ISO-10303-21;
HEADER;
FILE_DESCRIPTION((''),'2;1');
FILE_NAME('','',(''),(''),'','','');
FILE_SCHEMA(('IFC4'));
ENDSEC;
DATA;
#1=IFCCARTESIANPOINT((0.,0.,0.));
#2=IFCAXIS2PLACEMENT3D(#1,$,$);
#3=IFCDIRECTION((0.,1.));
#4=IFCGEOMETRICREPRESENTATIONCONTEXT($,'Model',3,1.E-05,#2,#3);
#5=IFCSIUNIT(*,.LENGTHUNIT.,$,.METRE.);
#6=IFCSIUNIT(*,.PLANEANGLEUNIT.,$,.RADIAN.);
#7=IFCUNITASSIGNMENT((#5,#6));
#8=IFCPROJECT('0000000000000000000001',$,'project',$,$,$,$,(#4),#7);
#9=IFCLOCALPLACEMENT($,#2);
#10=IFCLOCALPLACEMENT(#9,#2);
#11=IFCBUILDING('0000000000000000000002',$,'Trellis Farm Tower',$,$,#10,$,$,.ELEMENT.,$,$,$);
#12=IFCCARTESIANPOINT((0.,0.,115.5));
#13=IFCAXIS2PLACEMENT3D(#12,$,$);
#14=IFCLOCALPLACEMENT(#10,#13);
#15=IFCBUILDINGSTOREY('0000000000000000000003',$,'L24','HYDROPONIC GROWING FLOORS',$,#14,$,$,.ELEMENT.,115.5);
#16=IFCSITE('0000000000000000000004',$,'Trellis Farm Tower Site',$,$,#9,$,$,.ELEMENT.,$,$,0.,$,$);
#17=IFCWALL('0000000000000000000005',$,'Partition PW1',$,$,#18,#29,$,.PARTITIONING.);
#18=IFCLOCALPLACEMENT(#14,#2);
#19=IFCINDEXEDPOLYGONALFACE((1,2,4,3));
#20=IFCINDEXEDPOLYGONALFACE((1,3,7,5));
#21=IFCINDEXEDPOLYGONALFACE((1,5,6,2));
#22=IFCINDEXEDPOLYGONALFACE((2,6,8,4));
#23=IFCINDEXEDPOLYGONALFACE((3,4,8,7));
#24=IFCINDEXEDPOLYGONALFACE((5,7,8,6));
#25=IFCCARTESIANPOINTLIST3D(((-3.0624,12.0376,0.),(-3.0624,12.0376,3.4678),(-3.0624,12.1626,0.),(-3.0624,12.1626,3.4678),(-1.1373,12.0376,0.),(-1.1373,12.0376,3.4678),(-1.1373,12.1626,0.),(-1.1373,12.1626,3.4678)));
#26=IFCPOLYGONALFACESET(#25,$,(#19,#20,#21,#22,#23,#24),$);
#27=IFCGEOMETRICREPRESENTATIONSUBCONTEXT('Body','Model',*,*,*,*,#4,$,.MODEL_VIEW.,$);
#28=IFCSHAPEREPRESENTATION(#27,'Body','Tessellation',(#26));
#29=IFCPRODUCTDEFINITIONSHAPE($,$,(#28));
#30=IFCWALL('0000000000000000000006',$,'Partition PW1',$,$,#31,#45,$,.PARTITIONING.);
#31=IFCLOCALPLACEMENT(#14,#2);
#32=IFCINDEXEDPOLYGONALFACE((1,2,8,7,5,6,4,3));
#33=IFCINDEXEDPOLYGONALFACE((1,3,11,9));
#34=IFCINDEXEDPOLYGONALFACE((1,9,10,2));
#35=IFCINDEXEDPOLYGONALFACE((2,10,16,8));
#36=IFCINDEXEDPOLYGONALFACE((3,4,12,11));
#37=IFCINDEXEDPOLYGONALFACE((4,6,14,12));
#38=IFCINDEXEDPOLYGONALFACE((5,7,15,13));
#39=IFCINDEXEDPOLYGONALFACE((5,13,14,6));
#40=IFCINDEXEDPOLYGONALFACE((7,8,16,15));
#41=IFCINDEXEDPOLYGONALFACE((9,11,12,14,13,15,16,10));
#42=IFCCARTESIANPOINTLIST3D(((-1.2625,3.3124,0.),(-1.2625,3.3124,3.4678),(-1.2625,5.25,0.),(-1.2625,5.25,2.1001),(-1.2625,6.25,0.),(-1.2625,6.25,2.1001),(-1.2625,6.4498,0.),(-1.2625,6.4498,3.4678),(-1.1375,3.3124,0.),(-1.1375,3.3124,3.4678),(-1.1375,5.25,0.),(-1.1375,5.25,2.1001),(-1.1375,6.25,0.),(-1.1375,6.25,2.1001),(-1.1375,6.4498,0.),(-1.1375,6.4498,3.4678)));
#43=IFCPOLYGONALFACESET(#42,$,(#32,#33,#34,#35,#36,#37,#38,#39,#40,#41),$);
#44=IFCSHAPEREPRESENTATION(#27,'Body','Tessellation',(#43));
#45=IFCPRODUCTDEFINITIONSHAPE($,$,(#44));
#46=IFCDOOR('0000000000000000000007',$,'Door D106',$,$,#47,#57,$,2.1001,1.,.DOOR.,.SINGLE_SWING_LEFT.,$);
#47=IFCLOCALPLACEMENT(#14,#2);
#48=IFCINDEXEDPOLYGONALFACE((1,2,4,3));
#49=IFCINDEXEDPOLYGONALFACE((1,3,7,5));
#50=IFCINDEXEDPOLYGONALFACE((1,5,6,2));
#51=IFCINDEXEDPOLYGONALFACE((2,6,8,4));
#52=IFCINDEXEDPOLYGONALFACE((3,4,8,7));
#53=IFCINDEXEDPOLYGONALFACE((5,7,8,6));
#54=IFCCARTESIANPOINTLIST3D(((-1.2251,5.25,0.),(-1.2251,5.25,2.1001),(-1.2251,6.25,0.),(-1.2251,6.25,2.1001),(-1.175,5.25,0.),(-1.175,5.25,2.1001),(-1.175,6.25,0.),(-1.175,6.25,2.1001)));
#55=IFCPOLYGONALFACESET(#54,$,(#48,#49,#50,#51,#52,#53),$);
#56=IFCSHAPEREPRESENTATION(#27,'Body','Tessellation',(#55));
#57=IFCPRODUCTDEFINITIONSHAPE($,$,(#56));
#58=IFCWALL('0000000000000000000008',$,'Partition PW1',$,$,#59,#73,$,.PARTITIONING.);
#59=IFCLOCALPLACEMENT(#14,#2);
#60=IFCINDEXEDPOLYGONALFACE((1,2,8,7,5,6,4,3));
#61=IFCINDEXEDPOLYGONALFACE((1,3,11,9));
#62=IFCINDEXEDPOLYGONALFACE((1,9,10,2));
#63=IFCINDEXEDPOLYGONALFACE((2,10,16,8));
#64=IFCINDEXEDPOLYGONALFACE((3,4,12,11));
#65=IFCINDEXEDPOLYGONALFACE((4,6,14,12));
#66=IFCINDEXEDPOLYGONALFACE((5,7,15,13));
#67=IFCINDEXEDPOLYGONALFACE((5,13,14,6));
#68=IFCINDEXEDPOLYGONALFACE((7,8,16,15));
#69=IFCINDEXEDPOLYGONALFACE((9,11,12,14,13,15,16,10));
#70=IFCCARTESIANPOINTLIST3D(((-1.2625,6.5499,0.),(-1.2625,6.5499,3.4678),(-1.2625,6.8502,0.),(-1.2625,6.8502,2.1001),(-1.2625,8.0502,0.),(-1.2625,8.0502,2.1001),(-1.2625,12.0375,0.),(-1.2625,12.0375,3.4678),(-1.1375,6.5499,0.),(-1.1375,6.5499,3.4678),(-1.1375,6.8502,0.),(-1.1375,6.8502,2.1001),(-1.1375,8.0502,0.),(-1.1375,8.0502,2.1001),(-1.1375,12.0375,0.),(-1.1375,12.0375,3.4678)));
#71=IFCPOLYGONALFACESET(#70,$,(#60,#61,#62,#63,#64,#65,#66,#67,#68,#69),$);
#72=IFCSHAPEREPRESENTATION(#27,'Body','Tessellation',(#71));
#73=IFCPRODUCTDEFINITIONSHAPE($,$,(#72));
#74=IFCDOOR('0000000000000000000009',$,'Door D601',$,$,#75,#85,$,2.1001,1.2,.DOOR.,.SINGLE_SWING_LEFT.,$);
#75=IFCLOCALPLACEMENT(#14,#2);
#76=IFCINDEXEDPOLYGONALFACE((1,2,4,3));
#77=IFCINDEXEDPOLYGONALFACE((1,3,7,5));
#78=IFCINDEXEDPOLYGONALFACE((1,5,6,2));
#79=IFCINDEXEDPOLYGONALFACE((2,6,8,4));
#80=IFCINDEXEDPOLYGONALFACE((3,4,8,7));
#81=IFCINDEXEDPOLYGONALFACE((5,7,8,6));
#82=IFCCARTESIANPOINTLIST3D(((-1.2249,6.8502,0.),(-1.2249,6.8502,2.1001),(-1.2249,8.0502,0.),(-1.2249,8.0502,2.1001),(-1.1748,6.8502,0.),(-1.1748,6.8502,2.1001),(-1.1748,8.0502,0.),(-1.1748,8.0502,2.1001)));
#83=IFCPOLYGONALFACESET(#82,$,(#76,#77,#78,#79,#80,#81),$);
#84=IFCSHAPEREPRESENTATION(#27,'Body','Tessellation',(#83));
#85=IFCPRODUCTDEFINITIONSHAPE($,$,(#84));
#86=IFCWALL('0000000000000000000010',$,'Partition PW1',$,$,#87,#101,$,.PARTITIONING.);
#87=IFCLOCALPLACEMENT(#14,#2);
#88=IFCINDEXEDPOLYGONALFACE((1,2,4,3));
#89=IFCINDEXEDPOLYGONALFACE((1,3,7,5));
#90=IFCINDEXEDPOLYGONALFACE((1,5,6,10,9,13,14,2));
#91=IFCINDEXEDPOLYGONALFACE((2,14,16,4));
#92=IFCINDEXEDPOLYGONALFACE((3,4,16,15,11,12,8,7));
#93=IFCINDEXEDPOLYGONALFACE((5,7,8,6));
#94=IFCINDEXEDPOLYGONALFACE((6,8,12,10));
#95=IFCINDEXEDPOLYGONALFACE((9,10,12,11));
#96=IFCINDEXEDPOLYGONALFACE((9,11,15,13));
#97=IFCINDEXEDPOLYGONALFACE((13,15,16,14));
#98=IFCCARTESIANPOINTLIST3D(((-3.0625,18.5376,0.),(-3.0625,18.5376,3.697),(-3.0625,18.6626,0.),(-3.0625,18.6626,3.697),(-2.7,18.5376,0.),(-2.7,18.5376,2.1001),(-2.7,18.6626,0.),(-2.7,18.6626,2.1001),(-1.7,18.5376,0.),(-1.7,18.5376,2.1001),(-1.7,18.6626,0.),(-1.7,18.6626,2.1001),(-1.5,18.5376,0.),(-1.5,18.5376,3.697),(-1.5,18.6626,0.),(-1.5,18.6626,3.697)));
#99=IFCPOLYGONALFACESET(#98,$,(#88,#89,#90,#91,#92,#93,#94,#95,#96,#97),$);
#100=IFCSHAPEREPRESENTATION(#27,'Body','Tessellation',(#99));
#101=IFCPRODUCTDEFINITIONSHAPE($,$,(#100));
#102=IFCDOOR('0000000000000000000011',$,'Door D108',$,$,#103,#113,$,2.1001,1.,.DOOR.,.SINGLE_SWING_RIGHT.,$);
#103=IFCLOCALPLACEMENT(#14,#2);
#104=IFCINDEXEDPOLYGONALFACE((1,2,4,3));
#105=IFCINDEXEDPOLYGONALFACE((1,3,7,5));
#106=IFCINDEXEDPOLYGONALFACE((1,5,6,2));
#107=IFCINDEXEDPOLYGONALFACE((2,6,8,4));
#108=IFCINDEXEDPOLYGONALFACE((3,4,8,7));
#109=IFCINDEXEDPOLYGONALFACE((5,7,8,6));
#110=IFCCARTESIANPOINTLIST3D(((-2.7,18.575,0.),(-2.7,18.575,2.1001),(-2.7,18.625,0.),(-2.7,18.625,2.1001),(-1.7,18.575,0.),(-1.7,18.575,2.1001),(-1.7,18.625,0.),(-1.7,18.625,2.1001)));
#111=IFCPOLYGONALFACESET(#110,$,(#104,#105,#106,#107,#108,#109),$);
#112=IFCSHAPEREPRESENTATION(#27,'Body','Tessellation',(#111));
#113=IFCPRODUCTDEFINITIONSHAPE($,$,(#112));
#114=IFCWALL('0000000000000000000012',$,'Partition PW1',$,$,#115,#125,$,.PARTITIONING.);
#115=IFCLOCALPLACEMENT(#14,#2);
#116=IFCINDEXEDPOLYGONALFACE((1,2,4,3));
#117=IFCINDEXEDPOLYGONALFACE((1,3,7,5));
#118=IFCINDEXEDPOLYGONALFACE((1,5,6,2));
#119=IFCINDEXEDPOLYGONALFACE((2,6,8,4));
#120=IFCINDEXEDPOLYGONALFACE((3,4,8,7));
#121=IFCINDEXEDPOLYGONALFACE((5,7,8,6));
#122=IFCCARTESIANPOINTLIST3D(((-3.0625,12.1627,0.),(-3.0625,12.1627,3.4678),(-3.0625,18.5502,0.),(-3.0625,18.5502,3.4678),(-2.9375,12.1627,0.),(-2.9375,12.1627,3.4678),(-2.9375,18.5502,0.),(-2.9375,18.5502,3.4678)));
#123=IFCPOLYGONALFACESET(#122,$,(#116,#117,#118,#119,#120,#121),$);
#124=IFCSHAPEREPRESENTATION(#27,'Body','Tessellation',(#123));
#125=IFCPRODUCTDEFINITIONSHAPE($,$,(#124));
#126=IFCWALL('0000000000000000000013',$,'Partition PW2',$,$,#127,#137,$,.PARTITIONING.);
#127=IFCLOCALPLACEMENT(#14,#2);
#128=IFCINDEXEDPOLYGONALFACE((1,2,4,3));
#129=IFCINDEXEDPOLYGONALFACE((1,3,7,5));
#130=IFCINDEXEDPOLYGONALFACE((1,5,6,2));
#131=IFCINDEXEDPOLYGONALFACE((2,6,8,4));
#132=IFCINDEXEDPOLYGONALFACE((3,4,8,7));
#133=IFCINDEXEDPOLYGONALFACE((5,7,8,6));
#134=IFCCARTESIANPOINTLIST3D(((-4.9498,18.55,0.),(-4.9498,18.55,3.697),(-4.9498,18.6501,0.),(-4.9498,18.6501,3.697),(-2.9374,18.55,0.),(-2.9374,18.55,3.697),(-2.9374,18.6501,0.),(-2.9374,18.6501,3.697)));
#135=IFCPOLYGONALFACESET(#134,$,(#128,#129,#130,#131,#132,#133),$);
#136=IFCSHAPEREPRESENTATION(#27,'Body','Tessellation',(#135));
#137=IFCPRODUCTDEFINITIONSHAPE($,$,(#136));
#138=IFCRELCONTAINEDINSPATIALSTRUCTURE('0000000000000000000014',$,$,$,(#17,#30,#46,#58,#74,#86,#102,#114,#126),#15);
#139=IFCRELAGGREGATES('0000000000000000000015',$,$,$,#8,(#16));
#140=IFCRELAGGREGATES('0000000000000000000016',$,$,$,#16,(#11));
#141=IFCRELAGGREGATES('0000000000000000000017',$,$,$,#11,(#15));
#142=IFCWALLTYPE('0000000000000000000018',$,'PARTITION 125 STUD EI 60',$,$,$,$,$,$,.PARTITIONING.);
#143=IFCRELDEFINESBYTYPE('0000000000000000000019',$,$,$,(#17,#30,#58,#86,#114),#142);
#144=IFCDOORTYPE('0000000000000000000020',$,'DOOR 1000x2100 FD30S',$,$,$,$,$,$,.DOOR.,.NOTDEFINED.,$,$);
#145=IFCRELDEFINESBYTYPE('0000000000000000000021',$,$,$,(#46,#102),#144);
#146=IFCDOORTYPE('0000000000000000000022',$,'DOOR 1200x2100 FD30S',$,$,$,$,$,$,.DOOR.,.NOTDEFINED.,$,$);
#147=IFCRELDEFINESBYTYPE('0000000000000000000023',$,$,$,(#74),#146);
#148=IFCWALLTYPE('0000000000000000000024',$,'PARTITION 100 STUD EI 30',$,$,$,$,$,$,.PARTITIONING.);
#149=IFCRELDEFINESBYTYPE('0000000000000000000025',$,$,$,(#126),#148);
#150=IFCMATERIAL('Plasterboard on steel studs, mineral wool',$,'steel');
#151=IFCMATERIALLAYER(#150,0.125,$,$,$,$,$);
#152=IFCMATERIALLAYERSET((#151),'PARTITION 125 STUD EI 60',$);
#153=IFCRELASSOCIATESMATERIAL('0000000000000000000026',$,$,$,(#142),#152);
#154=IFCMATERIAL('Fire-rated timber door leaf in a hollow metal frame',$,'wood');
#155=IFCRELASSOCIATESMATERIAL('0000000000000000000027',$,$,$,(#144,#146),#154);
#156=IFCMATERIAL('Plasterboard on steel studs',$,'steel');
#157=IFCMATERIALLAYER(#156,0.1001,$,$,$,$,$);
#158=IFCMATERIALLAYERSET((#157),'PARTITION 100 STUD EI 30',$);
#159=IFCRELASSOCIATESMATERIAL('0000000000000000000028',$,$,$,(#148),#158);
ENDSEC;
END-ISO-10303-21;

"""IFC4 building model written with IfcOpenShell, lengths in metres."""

from ifc_helpers import new_model, si_unit, direction, frame, frame_2d, origin, place, context, subcontext, project, spatial, rectangle, extrude, source, transform, mapped, material, layer, layer_set, type_object, element, fill, save


model = new_model("IFC4")

# Units and contexts
model_context = context("Model", 3, precision=1e-05, world=origin(), true_north=direction((0.0, 1.0)))
body_context = subcontext(model_context, "Body", "Model", "MODEL_VIEW")
ifc_project = project(units=[si_unit("LENGTHUNIT", "METRE"), si_unit("PLANEANGLEUNIT", "RADIAN")], contexts=[model_context])

# Site, building, storey
site_placement = place(None, origin())
site = spatial("IfcSite", under=ifc_project, at=site_placement, Name="Trellis Farm Tower Site", CompositionType="ELEMENT", RefElevation=0.0)
building_placement = place(site_placement, origin())
building = spatial("IfcBuilding", under=site, at=building_placement, Name="Trellis Farm Tower", CompositionType="ELEMENT")
storey_placement = place(building_placement, frame((0.0, 0.0, 115.5)))
storey = spatial("IfcBuildingStorey", under=building, at=storey_placement, Name="L24", Description="HYDROPONIC GROWING FLOORS", CompositionType="ELEMENT", Elevation=115.5)

# Shared definitions
shared_shape_1 = source(origin(), body_context, "Body", "SweptSolid", [
    extrude(rectangle(XDim=1.2, YDim=2.1001, at=frame_2d((0.6001, 1.05))), frame((0.0, 0.0249, 0.0), z_axis=(0.0, -1.0, 0.0), x_axis=(1.0, 0.0, 0.0)), (0.0, 0.0, 1.0), 0.05),
])

# Wall
ifc_material_1 = material(Name="Plasterboard on steel studs, mineral wool", Category="steel")
ifc_layer_1 = layer(ifc_material_1, 0.125)
ifc_layer_set_1 = layer_set([ifc_layer_1], Name="PARTITION 125 STUD EI 60")
wall_type_1 = type_object("IfcWallType", Name="PARTITION 125 STUD EI 60", PredefinedType="PARTITIONING", material=ifc_layer_set_1)
shared_shape_2 = source(origin(), body_context, "Body", "SweptSolid", [
    extrude(rectangle(XDim=1.925, YDim=0.125, at=frame_2d((0.9624, 0.0))), origin(), (0.0, 0.0, 1.0), 3.4678),
])
wall_1_placement = place(storey_placement, frame((-1.1375, 12.1001, 0.0), z_axis=(0.0, 0.0, 1.0), x_axis=(-1.0, 0.0, 0.0)))
element("IfcWall", 1, at=wall_1_placement, inside=storey, type_object=wall_type_1, Name="Partition PW1", PredefinedType="PARTITIONING", context=body_context, shape_type="MappedRepresentation", body=[
    mapped(shared_shape_2, transform((0.0, 0.0, 0.0))),
])

# Walls, openings, doors
shared_shape_3 = source(origin(), body_context, "Body", "SweptSolid", [
    extrude(rectangle(XDim=3.1375, YDim=0.125, at=frame_2d((1.5688, 0.0))), origin(), (0.0, 0.0, 1.0), 3.4678),
])
wall_2_placement = place(storey_placement, frame((-1.2, 6.45, 0.0), z_axis=(0.0, 0.0, 1.0), x_axis=(0.0, -1.0, 0.0)))
wall_2 = element("IfcWall", 2, at=wall_2_placement, inside=storey, type_object=wall_type_1, Name="Partition PW1", PredefinedType="PARTITIONING", context=body_context, shape_type="MappedRepresentation", body=[
    mapped(shared_shape_3, transform((0.0, 0.0, 0.0))),
])
shared_shape_4 = source(origin(), body_context, "Body", "SweptSolid", [
    extrude(rectangle(XDim=1.0, YDim=2.1001, at=frame_2d((0.5, 1.05))), frame((0.0, 0.0725, 0.0), z_axis=(0.0, -1.0, 0.0), x_axis=(1.0, 0.0, 0.0)), (0.0, 0.0, 1.0), 0.145),
])
opening_1_placement = place(wall_2_placement, frame((0.2, 0.0, 0.0)))
opening_1 = element("IfcOpeningElement", 3, at=opening_1_placement, cuts=wall_2, PredefinedType="OPENING", context=body_context, shape_type="MappedRepresentation", body=[
    mapped(shared_shape_4, transform((0.0, 0.0, 0.0))),
])
ifc_material_2 = material(Name="Fire-rated timber door leaf in a hollow metal frame", Category="wood")
door_type_1 = type_object("IfcDoorType", Name="DOOR 1000x2100 FD30S", OperationType="NOTDEFINED", PredefinedType="DOOR", material=ifc_material_2)
shared_shape_5 = source(origin(), body_context, "Body", "SweptSolid", [
    extrude(rectangle(XDim=1.0, YDim=2.1001, at=frame_2d((0.5, 1.05))), frame((0.0, 0.0249, 0.0), z_axis=(0.0, -1.0, 0.0), x_axis=(1.0, 0.0, 0.0)), (0.0, 0.0, 1.0), 0.05),
])
door_1_placement = place(opening_1_placement, origin())
door_1 = element("IfcDoor", 4, at=door_1_placement, inside=storey, type_object=door_type_1, Name="Door D106", OperationType="SINGLE_SWING_LEFT", OverallHeight=2.1001, OverallWidth=1.0, PredefinedType="DOOR", context=body_context, shape_type="MappedRepresentation", body=[
    mapped(shared_shape_5, transform((0.0, 0.0, 0.0))),
])
fill(opening_1, door_1)
shared_shape_6 = source(origin(), body_context, "Body", "SweptSolid", [
    extrude(rectangle(XDim=5.4875, YDim=0.125, at=frame_2d((2.7437, 0.0))), origin(), (0.0, 0.0, 1.0), 3.4678),
])
wall_3_placement = place(storey_placement, frame((-1.2, 6.55, 0.0), z_axis=(0.0, 0.0, 1.0), x_axis=(0.0, 1.0, 0.0)))
wall_3 = element("IfcWall", 5, at=wall_3_placement, inside=storey, type_object=wall_type_1, Name="Partition PW1", PredefinedType="PARTITIONING", context=body_context, shape_type="MappedRepresentation", body=[
    mapped(shared_shape_6, transform((0.0, 0.0, 0.0))),
])
shared_shape_7 = source(origin(), body_context, "Body", "SweptSolid", [
    extrude(rectangle(XDim=1.2, YDim=2.1001, at=frame_2d((0.6001, 1.05))), frame((0.0, 0.0725, 0.0), z_axis=(0.0, -1.0, 0.0), x_axis=(1.0, 0.0, 0.0)), (0.0, 0.0, 1.0), 0.145),
])
opening_2_placement = place(wall_3_placement, frame((0.3, 0.0, 0.0)))
opening_2 = element("IfcOpeningElement", 6, at=opening_2_placement, cuts=wall_3, PredefinedType="OPENING", context=body_context, shape_type="MappedRepresentation", body=[
    mapped(shared_shape_7, transform((0.0, 0.0, 0.0))),
])
door_type_2 = type_object("IfcDoorType", Name="DOOR 1200x2100 FD30S", OperationType="NOTDEFINED", PredefinedType="DOOR", material=ifc_material_2)
door_2_placement = place(opening_2_placement, origin())
door_2 = element("IfcDoor", 7, at=door_2_placement, inside=storey, type_object=door_type_2, Name="Door D601", OperationType="SINGLE_SWING_LEFT", OverallHeight=2.1001, OverallWidth=1.2, PredefinedType="DOOR", context=body_context, shape_type="MappedRepresentation", body=[
    mapped(shared_shape_1, transform((0.0, 0.0, 0.0))),
])
fill(opening_2, door_2)
shared_shape_8 = source(origin(), body_context, "Body", "SweptSolid", [
    extrude(rectangle(XDim=1.5625, YDim=0.125, at=frame_2d((0.7812, 0.0))), origin(), (0.0, 0.0, 1.0), 3.697),
])
wall_4_placement = place(storey_placement, frame((-3.0625, 18.6001, 0.0), z_axis=(0.0, 0.0, 1.0), x_axis=(1.0, 0.0, 0.0)))
wall_4 = element("IfcWall", 8, at=wall_4_placement, inside=storey, type_object=wall_type_1, Name="Partition PW1", PredefinedType="PARTITIONING", context=body_context, shape_type="MappedRepresentation", body=[
    mapped(shared_shape_8, transform((0.0, 0.0, 0.0))),
])
opening_3_placement = place(wall_4_placement, frame((0.3625, 0.0, 0.0)))
opening_3 = element("IfcOpeningElement", 9, at=opening_3_placement, cuts=wall_4, PredefinedType="OPENING", context=body_context, shape_type="MappedRepresentation", body=[
    mapped(shared_shape_4, transform((0.0, 0.0, 0.0))),
])
door_3_placement = place(opening_3_placement, origin())
door_3 = element("IfcDoor", 10, at=door_3_placement, inside=storey, type_object=door_type_1, Name="Door D108", OperationType="SINGLE_SWING_RIGHT", OverallHeight=2.1001, OverallWidth=1.0, PredefinedType="DOOR", context=body_context, shape_type="MappedRepresentation", body=[
    mapped(shared_shape_5, transform((0.0, 0.0, 0.0))),
])
fill(opening_3, door_3)

# Walls
shared_shape_9 = source(origin(), body_context, "Body", "SweptSolid", [
    extrude(rectangle(XDim=6.3875, YDim=0.125, at=frame_2d((3.1938, 0.0))), origin(), (0.0, 0.0, 1.0), 3.4678),
])
wall_5_placement = place(storey_placement, frame((-3.0, 12.1626, 0.0), z_axis=(0.0, 0.0, 1.0), x_axis=(0.0, 1.0, 0.0)))
element("IfcWall", 11, at=wall_5_placement, inside=storey, type_object=wall_type_1, Name="Partition PW1", PredefinedType="PARTITIONING", context=body_context, shape_type="MappedRepresentation", body=[
    mapped(shared_shape_9, transform((0.0, 0.0, 0.0))),
])
ifc_material_3 = material(Name="Plasterboard on steel studs", Category="steel")
ifc_layer_2 = layer(ifc_material_3, 0.1001)
ifc_layer_set_2 = layer_set([ifc_layer_2], Name="PARTITION 100 STUD EI 30")
wall_type_2 = type_object("IfcWallType", Name="PARTITION 100 STUD EI 30", PredefinedType="PARTITIONING", material=ifc_layer_set_2)
shared_shape_10 = source(origin(), body_context, "Body", "SweptSolid", [
    extrude(rectangle(XDim=2.0125, YDim=0.1001, at=frame_2d((1.0063, 0.0))), origin(), (0.0, 0.0, 1.0), 3.697),
])
wall_6_placement = place(storey_placement, frame((-4.95, 18.6001, 0.0), z_axis=(0.0, 0.0, 1.0), x_axis=(1.0, 0.0, 0.0)))
element("IfcWall", 12, at=wall_6_placement, inside=storey, type_object=wall_type_2, Name="Partition PW2", PredefinedType="PARTITIONING", context=body_context, shape_type="MappedRepresentation", body=[
    mapped(shared_shape_10, transform((0.0, 0.0, 0.0))),
])

save(model, "model.ifc")
